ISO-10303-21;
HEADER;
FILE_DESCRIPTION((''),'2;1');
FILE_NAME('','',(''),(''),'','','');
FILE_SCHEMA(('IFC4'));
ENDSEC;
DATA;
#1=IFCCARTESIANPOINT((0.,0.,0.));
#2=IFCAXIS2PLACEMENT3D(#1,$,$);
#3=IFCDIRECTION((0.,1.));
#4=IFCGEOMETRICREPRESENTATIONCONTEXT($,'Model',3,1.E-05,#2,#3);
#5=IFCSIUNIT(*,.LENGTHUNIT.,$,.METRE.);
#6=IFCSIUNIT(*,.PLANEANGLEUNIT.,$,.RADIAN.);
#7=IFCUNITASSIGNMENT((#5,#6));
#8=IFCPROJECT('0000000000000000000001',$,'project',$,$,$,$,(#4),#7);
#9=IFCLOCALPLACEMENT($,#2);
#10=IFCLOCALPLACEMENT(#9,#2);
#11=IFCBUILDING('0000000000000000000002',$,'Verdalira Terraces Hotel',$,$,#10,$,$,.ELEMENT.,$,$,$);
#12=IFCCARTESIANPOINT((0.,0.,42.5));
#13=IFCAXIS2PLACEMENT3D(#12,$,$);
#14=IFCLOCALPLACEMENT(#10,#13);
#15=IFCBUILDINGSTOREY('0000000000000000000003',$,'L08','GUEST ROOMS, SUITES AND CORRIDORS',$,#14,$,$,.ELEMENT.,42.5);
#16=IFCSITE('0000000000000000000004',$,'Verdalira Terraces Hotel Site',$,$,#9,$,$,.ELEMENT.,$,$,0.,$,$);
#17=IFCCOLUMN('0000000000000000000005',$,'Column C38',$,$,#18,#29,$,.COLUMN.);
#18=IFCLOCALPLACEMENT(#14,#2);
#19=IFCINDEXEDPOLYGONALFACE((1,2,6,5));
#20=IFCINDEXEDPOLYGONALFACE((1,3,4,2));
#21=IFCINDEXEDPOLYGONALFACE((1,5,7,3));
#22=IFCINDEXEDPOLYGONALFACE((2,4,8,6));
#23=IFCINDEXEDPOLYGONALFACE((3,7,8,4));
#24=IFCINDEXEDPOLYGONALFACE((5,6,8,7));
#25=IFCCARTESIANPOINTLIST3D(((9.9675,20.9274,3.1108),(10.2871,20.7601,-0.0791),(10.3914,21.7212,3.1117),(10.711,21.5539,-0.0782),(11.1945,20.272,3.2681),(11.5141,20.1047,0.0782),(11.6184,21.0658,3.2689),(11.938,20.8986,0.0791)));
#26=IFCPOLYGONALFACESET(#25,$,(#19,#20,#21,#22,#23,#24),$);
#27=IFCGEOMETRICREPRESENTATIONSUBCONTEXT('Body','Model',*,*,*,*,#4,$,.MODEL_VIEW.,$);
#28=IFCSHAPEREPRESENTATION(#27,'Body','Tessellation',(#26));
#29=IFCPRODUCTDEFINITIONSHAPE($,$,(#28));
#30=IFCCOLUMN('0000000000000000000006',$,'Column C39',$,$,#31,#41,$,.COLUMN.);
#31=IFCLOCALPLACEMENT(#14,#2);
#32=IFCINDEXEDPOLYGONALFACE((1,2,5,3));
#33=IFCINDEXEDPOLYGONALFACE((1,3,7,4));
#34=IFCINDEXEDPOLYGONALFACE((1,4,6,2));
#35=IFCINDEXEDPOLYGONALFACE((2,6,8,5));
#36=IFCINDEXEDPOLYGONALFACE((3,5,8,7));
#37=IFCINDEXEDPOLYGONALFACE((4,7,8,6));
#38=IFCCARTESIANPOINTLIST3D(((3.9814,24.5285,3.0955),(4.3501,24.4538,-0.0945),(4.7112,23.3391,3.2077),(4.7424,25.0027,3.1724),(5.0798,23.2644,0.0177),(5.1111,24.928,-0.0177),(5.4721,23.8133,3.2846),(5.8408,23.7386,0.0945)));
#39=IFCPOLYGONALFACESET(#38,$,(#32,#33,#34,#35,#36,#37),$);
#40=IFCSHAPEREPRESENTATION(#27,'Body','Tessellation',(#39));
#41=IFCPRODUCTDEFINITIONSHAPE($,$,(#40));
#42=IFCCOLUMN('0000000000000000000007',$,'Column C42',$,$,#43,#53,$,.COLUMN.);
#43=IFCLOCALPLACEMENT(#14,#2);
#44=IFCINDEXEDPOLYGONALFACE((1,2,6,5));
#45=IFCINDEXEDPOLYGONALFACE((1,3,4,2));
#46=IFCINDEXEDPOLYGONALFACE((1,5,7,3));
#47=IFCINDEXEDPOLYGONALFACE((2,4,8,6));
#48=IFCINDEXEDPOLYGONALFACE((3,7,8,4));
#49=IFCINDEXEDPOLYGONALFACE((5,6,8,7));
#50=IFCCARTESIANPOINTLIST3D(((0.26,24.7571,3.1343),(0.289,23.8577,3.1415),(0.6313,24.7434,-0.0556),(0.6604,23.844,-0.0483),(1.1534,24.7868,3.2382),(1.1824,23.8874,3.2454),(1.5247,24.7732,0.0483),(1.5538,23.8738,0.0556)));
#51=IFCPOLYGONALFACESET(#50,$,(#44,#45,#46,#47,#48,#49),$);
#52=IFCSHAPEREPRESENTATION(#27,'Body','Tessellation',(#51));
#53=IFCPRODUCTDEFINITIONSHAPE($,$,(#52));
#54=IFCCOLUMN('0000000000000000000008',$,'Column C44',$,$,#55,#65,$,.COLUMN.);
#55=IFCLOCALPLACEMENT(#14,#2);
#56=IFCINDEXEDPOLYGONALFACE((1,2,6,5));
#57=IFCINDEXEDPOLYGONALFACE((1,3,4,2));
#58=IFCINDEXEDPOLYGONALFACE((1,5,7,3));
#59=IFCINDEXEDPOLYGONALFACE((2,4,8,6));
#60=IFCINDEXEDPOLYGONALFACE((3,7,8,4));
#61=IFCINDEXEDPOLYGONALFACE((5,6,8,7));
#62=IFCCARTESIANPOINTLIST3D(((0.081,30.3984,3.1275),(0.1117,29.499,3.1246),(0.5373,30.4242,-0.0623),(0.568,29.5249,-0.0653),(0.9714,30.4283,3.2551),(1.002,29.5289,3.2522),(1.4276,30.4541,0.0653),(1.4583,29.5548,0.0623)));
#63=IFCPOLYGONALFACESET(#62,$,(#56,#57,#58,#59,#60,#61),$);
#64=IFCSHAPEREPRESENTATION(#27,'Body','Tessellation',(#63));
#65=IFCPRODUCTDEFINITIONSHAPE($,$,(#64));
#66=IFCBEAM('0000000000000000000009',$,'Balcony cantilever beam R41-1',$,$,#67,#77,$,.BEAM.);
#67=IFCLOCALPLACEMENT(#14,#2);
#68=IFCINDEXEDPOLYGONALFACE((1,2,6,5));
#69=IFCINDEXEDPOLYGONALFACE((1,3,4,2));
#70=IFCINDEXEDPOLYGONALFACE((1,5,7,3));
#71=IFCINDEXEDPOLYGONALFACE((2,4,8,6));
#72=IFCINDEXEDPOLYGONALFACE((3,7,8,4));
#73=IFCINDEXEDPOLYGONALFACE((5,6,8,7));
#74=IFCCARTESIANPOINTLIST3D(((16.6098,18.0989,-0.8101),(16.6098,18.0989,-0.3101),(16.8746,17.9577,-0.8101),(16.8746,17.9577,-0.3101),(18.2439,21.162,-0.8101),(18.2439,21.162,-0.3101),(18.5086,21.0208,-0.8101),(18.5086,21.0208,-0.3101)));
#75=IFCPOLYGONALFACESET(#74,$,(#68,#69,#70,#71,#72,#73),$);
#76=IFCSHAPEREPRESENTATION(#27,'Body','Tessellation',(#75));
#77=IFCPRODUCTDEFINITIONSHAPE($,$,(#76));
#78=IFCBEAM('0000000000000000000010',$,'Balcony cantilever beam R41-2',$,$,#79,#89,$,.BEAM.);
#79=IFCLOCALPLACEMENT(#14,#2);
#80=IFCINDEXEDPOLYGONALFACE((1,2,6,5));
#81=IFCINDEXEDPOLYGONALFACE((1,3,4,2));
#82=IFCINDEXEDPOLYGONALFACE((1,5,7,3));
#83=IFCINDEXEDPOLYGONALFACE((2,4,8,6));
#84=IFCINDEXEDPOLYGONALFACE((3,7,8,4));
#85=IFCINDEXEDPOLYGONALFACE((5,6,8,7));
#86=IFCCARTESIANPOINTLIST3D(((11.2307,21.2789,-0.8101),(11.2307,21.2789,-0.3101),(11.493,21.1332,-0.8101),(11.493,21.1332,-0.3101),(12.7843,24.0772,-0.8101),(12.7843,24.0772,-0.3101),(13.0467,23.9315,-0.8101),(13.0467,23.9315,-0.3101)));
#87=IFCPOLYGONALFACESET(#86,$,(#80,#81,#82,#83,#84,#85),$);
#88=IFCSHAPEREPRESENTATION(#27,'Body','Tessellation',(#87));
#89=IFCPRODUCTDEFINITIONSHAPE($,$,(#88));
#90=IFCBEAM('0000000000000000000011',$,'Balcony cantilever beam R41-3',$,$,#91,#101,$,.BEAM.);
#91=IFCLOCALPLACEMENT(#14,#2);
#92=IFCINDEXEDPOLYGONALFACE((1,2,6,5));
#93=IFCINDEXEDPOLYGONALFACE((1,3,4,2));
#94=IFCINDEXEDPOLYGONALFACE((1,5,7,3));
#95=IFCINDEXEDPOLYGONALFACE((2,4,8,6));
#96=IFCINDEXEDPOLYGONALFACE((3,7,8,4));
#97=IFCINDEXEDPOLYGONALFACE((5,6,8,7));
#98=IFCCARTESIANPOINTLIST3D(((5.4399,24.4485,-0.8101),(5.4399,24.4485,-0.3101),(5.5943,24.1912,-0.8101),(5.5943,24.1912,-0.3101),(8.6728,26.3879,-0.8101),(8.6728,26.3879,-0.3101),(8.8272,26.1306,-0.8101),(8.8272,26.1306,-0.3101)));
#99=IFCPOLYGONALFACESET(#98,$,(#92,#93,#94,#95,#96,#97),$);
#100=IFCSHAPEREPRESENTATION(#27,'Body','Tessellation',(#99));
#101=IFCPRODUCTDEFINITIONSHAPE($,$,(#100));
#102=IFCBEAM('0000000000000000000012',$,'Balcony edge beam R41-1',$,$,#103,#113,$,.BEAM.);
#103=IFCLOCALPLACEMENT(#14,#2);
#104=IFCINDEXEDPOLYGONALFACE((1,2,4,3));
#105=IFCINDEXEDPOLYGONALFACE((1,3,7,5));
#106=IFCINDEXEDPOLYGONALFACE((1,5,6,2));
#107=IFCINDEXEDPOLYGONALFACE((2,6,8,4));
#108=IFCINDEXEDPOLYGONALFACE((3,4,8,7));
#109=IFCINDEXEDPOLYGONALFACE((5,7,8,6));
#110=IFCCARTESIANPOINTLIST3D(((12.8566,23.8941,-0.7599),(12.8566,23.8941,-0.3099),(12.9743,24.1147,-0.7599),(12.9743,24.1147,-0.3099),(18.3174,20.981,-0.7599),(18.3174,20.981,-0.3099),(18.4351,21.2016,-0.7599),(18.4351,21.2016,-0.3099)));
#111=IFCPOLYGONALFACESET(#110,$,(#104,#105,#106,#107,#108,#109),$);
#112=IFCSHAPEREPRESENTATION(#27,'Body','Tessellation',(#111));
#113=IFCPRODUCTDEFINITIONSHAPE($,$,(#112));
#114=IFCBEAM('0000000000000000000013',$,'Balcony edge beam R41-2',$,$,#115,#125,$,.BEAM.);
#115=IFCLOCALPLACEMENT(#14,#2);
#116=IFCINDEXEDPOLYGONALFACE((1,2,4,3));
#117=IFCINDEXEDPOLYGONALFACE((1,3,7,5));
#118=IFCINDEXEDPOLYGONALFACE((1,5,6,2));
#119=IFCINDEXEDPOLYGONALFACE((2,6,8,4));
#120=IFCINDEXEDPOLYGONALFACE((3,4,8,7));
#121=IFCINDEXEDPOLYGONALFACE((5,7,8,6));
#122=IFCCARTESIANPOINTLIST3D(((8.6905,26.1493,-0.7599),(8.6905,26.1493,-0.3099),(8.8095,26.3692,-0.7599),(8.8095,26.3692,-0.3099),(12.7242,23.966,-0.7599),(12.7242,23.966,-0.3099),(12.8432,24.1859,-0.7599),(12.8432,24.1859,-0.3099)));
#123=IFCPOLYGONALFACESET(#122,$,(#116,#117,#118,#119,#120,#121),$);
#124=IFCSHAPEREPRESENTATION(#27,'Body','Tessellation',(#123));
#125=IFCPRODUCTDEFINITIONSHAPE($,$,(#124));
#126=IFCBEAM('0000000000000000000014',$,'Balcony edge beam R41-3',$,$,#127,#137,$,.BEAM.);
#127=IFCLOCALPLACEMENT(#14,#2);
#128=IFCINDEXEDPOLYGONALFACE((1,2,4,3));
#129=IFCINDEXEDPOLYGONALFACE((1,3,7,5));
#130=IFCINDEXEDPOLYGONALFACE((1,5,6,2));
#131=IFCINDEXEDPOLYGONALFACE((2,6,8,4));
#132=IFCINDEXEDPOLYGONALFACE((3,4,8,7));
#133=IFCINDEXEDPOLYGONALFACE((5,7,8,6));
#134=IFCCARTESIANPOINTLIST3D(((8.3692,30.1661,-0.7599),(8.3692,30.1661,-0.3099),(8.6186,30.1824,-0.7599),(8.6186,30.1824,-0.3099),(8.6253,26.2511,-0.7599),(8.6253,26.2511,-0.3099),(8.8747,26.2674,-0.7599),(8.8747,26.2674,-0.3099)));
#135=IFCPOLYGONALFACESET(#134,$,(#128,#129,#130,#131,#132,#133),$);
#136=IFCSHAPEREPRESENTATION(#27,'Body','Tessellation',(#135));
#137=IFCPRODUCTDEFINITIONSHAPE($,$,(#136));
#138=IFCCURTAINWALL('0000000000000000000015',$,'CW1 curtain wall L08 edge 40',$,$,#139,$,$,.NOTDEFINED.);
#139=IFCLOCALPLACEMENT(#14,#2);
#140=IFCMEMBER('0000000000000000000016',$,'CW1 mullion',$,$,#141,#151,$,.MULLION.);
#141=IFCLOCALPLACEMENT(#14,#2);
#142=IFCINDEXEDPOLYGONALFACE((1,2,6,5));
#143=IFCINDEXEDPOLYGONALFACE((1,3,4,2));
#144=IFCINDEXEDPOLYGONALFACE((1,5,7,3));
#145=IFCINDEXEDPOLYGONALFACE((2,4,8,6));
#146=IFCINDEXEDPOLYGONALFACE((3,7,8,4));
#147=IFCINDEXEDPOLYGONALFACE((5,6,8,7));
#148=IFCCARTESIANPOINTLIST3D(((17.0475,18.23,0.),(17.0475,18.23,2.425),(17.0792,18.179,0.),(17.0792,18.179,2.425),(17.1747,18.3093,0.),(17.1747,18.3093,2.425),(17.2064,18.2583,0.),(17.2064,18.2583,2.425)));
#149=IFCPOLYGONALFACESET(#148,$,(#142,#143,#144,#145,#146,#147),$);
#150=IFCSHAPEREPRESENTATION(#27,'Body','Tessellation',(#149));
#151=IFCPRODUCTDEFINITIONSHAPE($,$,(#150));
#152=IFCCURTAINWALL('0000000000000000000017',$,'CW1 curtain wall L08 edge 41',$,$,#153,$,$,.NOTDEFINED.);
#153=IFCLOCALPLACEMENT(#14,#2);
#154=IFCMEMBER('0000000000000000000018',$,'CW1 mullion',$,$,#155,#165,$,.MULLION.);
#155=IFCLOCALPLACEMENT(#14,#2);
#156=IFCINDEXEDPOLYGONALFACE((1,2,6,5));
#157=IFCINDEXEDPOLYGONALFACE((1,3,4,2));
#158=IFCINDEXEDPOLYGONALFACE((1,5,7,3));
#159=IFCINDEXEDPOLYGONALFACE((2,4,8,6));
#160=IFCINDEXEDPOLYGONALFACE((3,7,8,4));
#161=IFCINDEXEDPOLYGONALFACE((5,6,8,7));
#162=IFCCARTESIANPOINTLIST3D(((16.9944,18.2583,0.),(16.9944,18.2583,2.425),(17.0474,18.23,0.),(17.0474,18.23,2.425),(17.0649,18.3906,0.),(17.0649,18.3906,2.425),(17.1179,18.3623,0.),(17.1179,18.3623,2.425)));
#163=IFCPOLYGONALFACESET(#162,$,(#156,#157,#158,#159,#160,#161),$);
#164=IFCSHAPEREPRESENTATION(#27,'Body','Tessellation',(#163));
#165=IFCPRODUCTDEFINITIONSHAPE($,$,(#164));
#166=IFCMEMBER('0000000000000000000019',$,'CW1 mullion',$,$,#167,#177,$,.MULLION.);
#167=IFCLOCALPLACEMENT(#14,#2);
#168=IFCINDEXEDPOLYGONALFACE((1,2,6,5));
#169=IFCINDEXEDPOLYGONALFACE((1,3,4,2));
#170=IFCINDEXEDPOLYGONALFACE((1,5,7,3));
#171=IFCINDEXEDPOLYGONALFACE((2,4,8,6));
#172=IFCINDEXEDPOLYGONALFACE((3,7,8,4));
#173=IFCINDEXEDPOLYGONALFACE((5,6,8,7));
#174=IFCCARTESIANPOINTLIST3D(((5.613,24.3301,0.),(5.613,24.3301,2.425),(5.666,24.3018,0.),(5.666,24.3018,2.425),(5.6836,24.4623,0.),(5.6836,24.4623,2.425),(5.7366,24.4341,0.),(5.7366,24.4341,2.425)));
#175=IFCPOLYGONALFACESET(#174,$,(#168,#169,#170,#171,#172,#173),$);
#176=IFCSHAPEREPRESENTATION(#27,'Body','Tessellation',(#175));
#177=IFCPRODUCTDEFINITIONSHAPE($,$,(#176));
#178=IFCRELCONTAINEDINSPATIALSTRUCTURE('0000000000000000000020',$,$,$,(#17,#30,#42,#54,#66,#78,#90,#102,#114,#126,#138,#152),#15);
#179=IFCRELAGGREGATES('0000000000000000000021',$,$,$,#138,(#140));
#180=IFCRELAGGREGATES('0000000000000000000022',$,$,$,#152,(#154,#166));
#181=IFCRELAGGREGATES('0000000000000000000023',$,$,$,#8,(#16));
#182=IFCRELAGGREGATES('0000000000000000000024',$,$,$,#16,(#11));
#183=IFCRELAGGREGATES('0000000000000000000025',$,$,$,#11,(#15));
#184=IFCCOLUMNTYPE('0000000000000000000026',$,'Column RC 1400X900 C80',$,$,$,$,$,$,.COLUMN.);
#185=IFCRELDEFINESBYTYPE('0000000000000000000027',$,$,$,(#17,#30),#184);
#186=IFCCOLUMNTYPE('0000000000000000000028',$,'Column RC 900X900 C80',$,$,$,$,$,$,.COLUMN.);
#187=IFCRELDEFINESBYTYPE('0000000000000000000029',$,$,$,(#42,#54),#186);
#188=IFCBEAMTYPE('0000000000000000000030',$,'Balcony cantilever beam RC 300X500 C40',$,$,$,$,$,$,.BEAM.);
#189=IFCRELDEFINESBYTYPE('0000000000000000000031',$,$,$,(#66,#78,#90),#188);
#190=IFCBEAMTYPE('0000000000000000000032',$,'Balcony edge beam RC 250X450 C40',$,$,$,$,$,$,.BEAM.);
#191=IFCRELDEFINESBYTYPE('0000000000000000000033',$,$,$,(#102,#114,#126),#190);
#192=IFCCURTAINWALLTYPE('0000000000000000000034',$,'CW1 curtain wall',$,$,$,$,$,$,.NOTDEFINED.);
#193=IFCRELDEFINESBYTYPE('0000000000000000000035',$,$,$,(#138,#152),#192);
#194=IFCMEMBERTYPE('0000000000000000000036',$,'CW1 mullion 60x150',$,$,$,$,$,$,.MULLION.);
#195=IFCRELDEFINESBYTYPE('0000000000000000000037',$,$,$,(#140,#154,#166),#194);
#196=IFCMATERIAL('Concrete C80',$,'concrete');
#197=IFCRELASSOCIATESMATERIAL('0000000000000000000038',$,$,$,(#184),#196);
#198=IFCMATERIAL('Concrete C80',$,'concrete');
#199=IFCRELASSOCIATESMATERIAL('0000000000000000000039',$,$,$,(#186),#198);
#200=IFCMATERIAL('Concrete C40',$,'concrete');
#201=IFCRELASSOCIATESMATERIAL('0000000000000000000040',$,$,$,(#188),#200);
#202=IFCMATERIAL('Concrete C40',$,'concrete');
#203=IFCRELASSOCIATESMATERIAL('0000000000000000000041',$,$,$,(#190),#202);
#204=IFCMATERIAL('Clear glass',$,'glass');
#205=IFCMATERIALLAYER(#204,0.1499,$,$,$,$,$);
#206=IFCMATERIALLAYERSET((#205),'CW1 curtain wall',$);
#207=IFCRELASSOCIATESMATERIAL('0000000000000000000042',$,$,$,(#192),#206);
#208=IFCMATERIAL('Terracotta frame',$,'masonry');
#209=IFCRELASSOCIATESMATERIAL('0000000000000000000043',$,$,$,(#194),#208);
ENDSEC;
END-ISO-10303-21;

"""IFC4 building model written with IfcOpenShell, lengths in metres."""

from ifc_helpers import new_model, si_unit, direction, frame, origin, origin_2d, place, context, subcontext, project, spatial, rectangle, extrude, material, layer, layer_set, material_profile, profile_set, type_object, element, aggregate, save


model = new_model("IFC4")

# Units and contexts
model_context = context("Model", 3, precision=1e-05, world=origin(), true_north=direction((0.0, 1.0)))
body_context = subcontext(model_context, "Body", "Model", "MODEL_VIEW")
ifc_project = project(units=[si_unit("LENGTHUNIT", "METRE"), si_unit("PLANEANGLEUNIT", "RADIAN")], contexts=[model_context])

# Site, building, storey
site_placement = place(None, origin())
site = spatial("IfcSite", under=ifc_project, at=site_placement, Name="Verdalira Terraces Hotel Site", CompositionType="ELEMENT", RefElevation=0.0)
building_placement = place(site_placement, origin())
building = spatial("IfcBuilding", under=site, at=building_placement, Name="Verdalira Terraces Hotel", CompositionType="ELEMENT")
storey_placement = place(building_placement, frame((0.0, 0.0, 42.5)))
storey = spatial("IfcBuildingStorey", under=building, at=storey_placement, Name="L08", Description="GUEST ROOMS, SUITES AND CORRIDORS", CompositionType="ELEMENT", Elevation=42.5)

# Columns
ifc_material_1 = material(Name="Concrete C80", Category="concrete")
ifc_material_profile_1 = material_profile(ifc_material_1, rectangle(XDim=1.3999, YDim=0.8999, at=origin_2d()), Name="RC 1400X900")
ifc_profile_set_1 = profile_set([ifc_material_profile_1], Name="Concrete C80")
column_type_1 = type_object("IfcColumnType", Name="Column RC 1400X900 C80", PredefinedType="COLUMN", material=ifc_profile_set_1)
column_1_placement = place(storey_placement, frame((11.1125, 20.8293, 0.0), z_axis=(-0.099549, 0.052094, 0.993668), x_axis=(-0.876466, 0.468171, -0.112352)))
element("IfcColumn", 1, at=column_1_placement, inside=storey, type_object=column_type_1, Name="Column C38", PredefinedType="COLUMN", context=body_context, shape_type="SweptSolid", body=[
    extrude(rectangle(XDim=1.3999, YDim=0.8999, at=origin_2d()), origin(), (0.0, 0.0, 1.0), 3.2102),
])
column_2_placement = place(storey_placement, frame((5.0955, 24.0962, 0.0), z_axis=(-0.114772, 0.023258, 0.99312), x_axis=(0.521259, -0.849627, 0.080138)))
element("IfcColumn", 2, at=column_2_placement, inside=storey, type_object=column_type_1, Name="Column C39", PredefinedType="COLUMN", context=body_context, shape_type="SweptSolid", body=[
    extrude(rectangle(XDim=1.3999, YDim=0.8999, at=origin_2d()), origin(), (0.0, 0.0, 1.0), 3.2122),
])
ifc_material_2 = material(Name="Concrete C80", Category="concrete")
ifc_material_profile_2 = material_profile(ifc_material_2, rectangle(XDim=0.8999, YDim=0.8999, at=origin_2d()), Name="RC 900X900")
ifc_profile_set_2 = profile_set([ifc_material_profile_2], Name="Concrete C80")
column_type_2 = type_object("IfcColumnType", Name="Column RC 900X900 C80", PredefinedType="COLUMN", material=ifc_profile_set_2)
column_3_placement = place(storey_placement, frame((1.0925, 24.3086, 0.0), z_axis=(-0.115627, 0.004257, 0.993284), x_axis=(-0.032307, 0.999446, -0.008044)))
element("IfcColumn", 3, at=column_3_placement, inside=storey, type_object=column_type_2, Name="Column C42", PredefinedType="COLUMN", context=body_context, shape_type="SweptSolid", body=[
    extrude(rectangle(XDim=0.8999, YDim=0.8999, at=origin_2d()), origin(), (0.0, 0.0, 1.0), 3.2114),
])
column_4_placement = place(storey_placement, frame((0.9978, 29.9895, 0.0), z_axis=(-0.141597, -0.008031, 0.989892), x_axis=(-0.034042, 0.999415, 0.003238)))
element("IfcColumn", 4, at=column_4_placement, inside=storey, type_object=column_type_2, Name="Column C44", PredefinedType="COLUMN", context=body_context, shape_type="SweptSolid", body=[
    extrude(rectangle(XDim=0.8999, YDim=0.8999, at=origin_2d()), origin(), (0.0, 0.0, 1.0), 3.2224),
])

# Beams
ifc_material_3 = material(Name="Concrete C40", Category="concrete")
ifc_material_profile_3 = material_profile(ifc_material_3, rectangle(XDim=0.3, YDim=0.5, at=origin_2d()), Name="RC 300X500")
ifc_profile_set_3 = profile_set([ifc_material_profile_3], Name="Concrete C40")
beam_type_1 = type_object("IfcBeamType", Name="Balcony cantilever beam RC 300X500 C40", PredefinedType="BEAM", material=ifc_profile_set_3)
beam_1_placement = place(storey_placement, frame((16.7422, 18.0283, -0.5601), z_axis=(0.470687, 0.8823, 0.0), x_axis=(-0.8823, 0.470687, 0.0)))
element("IfcBeam", 5, at=beam_1_placement, inside=storey, type_object=beam_type_1, Name="Balcony cantilever beam R41-1", PredefinedType="BEAM", context=body_context, shape_type="SweptSolid", body=[
    extrude(rectangle(XDim=0.3, YDim=0.5, at=origin_2d()), origin(), (0.0, 0.0, 1.0), 3.4717),
])
beam_2_placement = place(storey_placement, frame((11.3618, 21.2061, -0.5601), z_axis=(0.485423, 0.87428, 0.0), x_axis=(-0.87428, 0.485423, 0.0)))
element("IfcBeam", 6, at=beam_2_placement, inside=storey, type_object=beam_type_1, Name="Balcony cantilever beam R41-2", PredefinedType="BEAM", context=body_context, shape_type="SweptSolid", body=[
    extrude(rectangle(XDim=0.3, YDim=0.5, at=origin_2d()), origin(), (0.0, 0.0, 1.0), 3.2007),
])
beam_3_placement = place(storey_placement, frame((5.5171, 24.3198, -0.5601), z_axis=(0.857527, 0.514439, 0.0), x_axis=(-0.514439, 0.857527, 0.0)))
element("IfcBeam", 7, at=beam_3_placement, inside=storey, type_object=beam_type_1, Name="Balcony cantilever beam R41-3", PredefinedType="BEAM", context=body_context, shape_type="SweptSolid", body=[
    extrude(rectangle(XDim=0.3, YDim=0.5, at=origin_2d()), origin(), (0.0, 0.0, 1.0), 3.77),
])
ifc_material_4 = material(Name="Concrete C40", Category="concrete")
ifc_material_profile_4 = material_profile(ifc_material_4, rectangle(XDim=0.25, YDim=0.45, at=origin_2d()), Name="RC 250X450")
ifc_profile_set_4 = profile_set([ifc_material_profile_4], Name="Concrete C40")
beam_type_2 = type_object("IfcBeamType", Name="Balcony edge beam RC 250X450 C40", PredefinedType="BEAM", material=ifc_profile_set_4)
beam_4_placement = place(storey_placement, frame((18.3762, 21.0913, -0.5349), z_axis=(-0.882305, 0.470678, 0.0), x_axis=(-0.470678, -0.882305, 0.0)))
element("IfcBeam", 8, at=beam_4_placement, inside=storey, type_object=beam_type_2, Name="Balcony edge beam R41-1", PredefinedType="BEAM", context=body_context, shape_type="SweptSolid", body=[
    extrude(rectangle(XDim=0.25, YDim=0.45, at=origin_2d()), origin(), (0.0, 0.0, 1.0), 6.1892),
])
beam_5_placement = place(storey_placement, frame((12.7837, 24.0759, -0.5349), z_axis=(-0.879435, 0.476019, 0.0), x_axis=(-0.476019, -0.879435, 0.0)))
element("IfcBeam", 9, at=beam_5_placement, inside=storey, type_object=beam_type_2, Name="Balcony edge beam R41-2", PredefinedType="BEAM", context=body_context, shape_type="SweptSolid", body=[
    extrude(rectangle(XDim=0.25, YDim=0.45, at=origin_2d()), origin(), (0.0, 0.0, 1.0), 4.5867),
])
beam_6_placement = place(storey_placement, frame((8.75, 26.2593, -0.5349), z_axis=(-0.065276, 0.997867, 0.0), x_axis=(-0.997867, -0.065276, 0.0)))
element("IfcBeam", 10, at=beam_6_placement, inside=storey, type_object=beam_type_2, Name="Balcony edge beam R41-3", PredefinedType="BEAM", context=body_context, shape_type="SweptSolid", body=[
    extrude(rectangle(XDim=0.25, YDim=0.45, at=origin_2d()), origin(), (0.0, 0.0, 1.0), 3.9233),
])

# Curtain wall, member
ifc_material_5 = material(Name="Clear glass", Category="glass")
ifc_layer_1 = layer(ifc_material_5, 0.1499)
ifc_layer_set_1 = layer_set([ifc_layer_1], Name="CW1 curtain wall")
curtain_wall_type_1 = type_object("IfcCurtainWallType", Name="CW1 curtain wall", PredefinedType="NOTDEFINED", material=ifc_layer_set_1)
curtain_wall_1_placement = place(storey_placement, origin())
curtain_wall_1 = element("IfcCurtainWall", 11, at=curtain_wall_1_placement, inside=storey, type_object=curtain_wall_type_1, Name="CW1 curtain wall L08 edge 40", PredefinedType="NOTDEFINED")
ifc_material_6 = material(Name="Terracotta frame", Category="masonry")
ifc_material_profile_5 = material_profile(ifc_material_6, rectangle(XDim=0.0601, YDim=0.1499, at=origin_2d()), Name="MU 60x150")
ifc_profile_set_5 = profile_set([ifc_material_profile_5], Name="Terracotta frame")
member_type_1 = type_object("IfcMemberType", Name="CW1 mullion 60x150", PredefinedType="MULLION", material=ifc_profile_set_5)
member_1_placement = place(storey_placement, frame((17.127, 18.2441, 0.0), z_axis=(0.0, 0.0, 1.0), x_axis=(-0.528735, 0.848787, 0.0)))
member_1 = element("IfcMember", 12, at=member_1_placement, type_object=member_type_1, Name="CW1 mullion", PredefinedType="MULLION", context=body_context, shape_type="SweptSolid", body=[
    extrude(rectangle(XDim=0.0601, YDim=0.1499, at=origin_2d()), origin(), (0.0, 0.0, 1.0), 2.425),
])
aggregate(curtain_wall_1, [member_1])

# Curtain wall, members
curtain_wall_2_placement = place(storey_placement, origin())
curtain_wall_2 = element("IfcCurtainWall", 13, at=curtain_wall_2_placement, inside=storey, type_object=curtain_wall_type_1, Name="CW1 curtain wall L08 edge 41", PredefinedType="NOTDEFINED")
member_2_placement = place(storey_placement, frame((17.0562, 18.3103, 0.0), z_axis=(0.0, 0.0, 1.0), x_axis=(-0.882291, 0.470704, 0.0)))
member_2 = element("IfcMember", 14, at=member_2_placement, type_object=member_type_1, Name="CW1 mullion", PredefinedType="MULLION", context=body_context, shape_type="SweptSolid", body=[
    extrude(rectangle(XDim=0.0601, YDim=0.1499, at=origin_2d()), origin(), (0.0, 0.0, 1.0), 2.425),
])
member_3_placement = place(storey_placement, frame((5.6748, 24.3821, 0.0), z_axis=(0.0, 0.0, 1.0), x_axis=(-0.882291, 0.470704, 0.0)))
member_3 = element("IfcMember", 15, at=member_3_placement, type_object=member_type_1, Name="CW1 mullion", PredefinedType="MULLION", context=body_context, shape_type="SweptSolid", body=[
    extrude(rectangle(XDim=0.0601, YDim=0.1499, at=origin_2d()), origin(), (0.0, 0.0, 1.0), 2.425),
])

aggregate(curtain_wall_2, [member_2, member_3])

save(model, "model.ifc")
